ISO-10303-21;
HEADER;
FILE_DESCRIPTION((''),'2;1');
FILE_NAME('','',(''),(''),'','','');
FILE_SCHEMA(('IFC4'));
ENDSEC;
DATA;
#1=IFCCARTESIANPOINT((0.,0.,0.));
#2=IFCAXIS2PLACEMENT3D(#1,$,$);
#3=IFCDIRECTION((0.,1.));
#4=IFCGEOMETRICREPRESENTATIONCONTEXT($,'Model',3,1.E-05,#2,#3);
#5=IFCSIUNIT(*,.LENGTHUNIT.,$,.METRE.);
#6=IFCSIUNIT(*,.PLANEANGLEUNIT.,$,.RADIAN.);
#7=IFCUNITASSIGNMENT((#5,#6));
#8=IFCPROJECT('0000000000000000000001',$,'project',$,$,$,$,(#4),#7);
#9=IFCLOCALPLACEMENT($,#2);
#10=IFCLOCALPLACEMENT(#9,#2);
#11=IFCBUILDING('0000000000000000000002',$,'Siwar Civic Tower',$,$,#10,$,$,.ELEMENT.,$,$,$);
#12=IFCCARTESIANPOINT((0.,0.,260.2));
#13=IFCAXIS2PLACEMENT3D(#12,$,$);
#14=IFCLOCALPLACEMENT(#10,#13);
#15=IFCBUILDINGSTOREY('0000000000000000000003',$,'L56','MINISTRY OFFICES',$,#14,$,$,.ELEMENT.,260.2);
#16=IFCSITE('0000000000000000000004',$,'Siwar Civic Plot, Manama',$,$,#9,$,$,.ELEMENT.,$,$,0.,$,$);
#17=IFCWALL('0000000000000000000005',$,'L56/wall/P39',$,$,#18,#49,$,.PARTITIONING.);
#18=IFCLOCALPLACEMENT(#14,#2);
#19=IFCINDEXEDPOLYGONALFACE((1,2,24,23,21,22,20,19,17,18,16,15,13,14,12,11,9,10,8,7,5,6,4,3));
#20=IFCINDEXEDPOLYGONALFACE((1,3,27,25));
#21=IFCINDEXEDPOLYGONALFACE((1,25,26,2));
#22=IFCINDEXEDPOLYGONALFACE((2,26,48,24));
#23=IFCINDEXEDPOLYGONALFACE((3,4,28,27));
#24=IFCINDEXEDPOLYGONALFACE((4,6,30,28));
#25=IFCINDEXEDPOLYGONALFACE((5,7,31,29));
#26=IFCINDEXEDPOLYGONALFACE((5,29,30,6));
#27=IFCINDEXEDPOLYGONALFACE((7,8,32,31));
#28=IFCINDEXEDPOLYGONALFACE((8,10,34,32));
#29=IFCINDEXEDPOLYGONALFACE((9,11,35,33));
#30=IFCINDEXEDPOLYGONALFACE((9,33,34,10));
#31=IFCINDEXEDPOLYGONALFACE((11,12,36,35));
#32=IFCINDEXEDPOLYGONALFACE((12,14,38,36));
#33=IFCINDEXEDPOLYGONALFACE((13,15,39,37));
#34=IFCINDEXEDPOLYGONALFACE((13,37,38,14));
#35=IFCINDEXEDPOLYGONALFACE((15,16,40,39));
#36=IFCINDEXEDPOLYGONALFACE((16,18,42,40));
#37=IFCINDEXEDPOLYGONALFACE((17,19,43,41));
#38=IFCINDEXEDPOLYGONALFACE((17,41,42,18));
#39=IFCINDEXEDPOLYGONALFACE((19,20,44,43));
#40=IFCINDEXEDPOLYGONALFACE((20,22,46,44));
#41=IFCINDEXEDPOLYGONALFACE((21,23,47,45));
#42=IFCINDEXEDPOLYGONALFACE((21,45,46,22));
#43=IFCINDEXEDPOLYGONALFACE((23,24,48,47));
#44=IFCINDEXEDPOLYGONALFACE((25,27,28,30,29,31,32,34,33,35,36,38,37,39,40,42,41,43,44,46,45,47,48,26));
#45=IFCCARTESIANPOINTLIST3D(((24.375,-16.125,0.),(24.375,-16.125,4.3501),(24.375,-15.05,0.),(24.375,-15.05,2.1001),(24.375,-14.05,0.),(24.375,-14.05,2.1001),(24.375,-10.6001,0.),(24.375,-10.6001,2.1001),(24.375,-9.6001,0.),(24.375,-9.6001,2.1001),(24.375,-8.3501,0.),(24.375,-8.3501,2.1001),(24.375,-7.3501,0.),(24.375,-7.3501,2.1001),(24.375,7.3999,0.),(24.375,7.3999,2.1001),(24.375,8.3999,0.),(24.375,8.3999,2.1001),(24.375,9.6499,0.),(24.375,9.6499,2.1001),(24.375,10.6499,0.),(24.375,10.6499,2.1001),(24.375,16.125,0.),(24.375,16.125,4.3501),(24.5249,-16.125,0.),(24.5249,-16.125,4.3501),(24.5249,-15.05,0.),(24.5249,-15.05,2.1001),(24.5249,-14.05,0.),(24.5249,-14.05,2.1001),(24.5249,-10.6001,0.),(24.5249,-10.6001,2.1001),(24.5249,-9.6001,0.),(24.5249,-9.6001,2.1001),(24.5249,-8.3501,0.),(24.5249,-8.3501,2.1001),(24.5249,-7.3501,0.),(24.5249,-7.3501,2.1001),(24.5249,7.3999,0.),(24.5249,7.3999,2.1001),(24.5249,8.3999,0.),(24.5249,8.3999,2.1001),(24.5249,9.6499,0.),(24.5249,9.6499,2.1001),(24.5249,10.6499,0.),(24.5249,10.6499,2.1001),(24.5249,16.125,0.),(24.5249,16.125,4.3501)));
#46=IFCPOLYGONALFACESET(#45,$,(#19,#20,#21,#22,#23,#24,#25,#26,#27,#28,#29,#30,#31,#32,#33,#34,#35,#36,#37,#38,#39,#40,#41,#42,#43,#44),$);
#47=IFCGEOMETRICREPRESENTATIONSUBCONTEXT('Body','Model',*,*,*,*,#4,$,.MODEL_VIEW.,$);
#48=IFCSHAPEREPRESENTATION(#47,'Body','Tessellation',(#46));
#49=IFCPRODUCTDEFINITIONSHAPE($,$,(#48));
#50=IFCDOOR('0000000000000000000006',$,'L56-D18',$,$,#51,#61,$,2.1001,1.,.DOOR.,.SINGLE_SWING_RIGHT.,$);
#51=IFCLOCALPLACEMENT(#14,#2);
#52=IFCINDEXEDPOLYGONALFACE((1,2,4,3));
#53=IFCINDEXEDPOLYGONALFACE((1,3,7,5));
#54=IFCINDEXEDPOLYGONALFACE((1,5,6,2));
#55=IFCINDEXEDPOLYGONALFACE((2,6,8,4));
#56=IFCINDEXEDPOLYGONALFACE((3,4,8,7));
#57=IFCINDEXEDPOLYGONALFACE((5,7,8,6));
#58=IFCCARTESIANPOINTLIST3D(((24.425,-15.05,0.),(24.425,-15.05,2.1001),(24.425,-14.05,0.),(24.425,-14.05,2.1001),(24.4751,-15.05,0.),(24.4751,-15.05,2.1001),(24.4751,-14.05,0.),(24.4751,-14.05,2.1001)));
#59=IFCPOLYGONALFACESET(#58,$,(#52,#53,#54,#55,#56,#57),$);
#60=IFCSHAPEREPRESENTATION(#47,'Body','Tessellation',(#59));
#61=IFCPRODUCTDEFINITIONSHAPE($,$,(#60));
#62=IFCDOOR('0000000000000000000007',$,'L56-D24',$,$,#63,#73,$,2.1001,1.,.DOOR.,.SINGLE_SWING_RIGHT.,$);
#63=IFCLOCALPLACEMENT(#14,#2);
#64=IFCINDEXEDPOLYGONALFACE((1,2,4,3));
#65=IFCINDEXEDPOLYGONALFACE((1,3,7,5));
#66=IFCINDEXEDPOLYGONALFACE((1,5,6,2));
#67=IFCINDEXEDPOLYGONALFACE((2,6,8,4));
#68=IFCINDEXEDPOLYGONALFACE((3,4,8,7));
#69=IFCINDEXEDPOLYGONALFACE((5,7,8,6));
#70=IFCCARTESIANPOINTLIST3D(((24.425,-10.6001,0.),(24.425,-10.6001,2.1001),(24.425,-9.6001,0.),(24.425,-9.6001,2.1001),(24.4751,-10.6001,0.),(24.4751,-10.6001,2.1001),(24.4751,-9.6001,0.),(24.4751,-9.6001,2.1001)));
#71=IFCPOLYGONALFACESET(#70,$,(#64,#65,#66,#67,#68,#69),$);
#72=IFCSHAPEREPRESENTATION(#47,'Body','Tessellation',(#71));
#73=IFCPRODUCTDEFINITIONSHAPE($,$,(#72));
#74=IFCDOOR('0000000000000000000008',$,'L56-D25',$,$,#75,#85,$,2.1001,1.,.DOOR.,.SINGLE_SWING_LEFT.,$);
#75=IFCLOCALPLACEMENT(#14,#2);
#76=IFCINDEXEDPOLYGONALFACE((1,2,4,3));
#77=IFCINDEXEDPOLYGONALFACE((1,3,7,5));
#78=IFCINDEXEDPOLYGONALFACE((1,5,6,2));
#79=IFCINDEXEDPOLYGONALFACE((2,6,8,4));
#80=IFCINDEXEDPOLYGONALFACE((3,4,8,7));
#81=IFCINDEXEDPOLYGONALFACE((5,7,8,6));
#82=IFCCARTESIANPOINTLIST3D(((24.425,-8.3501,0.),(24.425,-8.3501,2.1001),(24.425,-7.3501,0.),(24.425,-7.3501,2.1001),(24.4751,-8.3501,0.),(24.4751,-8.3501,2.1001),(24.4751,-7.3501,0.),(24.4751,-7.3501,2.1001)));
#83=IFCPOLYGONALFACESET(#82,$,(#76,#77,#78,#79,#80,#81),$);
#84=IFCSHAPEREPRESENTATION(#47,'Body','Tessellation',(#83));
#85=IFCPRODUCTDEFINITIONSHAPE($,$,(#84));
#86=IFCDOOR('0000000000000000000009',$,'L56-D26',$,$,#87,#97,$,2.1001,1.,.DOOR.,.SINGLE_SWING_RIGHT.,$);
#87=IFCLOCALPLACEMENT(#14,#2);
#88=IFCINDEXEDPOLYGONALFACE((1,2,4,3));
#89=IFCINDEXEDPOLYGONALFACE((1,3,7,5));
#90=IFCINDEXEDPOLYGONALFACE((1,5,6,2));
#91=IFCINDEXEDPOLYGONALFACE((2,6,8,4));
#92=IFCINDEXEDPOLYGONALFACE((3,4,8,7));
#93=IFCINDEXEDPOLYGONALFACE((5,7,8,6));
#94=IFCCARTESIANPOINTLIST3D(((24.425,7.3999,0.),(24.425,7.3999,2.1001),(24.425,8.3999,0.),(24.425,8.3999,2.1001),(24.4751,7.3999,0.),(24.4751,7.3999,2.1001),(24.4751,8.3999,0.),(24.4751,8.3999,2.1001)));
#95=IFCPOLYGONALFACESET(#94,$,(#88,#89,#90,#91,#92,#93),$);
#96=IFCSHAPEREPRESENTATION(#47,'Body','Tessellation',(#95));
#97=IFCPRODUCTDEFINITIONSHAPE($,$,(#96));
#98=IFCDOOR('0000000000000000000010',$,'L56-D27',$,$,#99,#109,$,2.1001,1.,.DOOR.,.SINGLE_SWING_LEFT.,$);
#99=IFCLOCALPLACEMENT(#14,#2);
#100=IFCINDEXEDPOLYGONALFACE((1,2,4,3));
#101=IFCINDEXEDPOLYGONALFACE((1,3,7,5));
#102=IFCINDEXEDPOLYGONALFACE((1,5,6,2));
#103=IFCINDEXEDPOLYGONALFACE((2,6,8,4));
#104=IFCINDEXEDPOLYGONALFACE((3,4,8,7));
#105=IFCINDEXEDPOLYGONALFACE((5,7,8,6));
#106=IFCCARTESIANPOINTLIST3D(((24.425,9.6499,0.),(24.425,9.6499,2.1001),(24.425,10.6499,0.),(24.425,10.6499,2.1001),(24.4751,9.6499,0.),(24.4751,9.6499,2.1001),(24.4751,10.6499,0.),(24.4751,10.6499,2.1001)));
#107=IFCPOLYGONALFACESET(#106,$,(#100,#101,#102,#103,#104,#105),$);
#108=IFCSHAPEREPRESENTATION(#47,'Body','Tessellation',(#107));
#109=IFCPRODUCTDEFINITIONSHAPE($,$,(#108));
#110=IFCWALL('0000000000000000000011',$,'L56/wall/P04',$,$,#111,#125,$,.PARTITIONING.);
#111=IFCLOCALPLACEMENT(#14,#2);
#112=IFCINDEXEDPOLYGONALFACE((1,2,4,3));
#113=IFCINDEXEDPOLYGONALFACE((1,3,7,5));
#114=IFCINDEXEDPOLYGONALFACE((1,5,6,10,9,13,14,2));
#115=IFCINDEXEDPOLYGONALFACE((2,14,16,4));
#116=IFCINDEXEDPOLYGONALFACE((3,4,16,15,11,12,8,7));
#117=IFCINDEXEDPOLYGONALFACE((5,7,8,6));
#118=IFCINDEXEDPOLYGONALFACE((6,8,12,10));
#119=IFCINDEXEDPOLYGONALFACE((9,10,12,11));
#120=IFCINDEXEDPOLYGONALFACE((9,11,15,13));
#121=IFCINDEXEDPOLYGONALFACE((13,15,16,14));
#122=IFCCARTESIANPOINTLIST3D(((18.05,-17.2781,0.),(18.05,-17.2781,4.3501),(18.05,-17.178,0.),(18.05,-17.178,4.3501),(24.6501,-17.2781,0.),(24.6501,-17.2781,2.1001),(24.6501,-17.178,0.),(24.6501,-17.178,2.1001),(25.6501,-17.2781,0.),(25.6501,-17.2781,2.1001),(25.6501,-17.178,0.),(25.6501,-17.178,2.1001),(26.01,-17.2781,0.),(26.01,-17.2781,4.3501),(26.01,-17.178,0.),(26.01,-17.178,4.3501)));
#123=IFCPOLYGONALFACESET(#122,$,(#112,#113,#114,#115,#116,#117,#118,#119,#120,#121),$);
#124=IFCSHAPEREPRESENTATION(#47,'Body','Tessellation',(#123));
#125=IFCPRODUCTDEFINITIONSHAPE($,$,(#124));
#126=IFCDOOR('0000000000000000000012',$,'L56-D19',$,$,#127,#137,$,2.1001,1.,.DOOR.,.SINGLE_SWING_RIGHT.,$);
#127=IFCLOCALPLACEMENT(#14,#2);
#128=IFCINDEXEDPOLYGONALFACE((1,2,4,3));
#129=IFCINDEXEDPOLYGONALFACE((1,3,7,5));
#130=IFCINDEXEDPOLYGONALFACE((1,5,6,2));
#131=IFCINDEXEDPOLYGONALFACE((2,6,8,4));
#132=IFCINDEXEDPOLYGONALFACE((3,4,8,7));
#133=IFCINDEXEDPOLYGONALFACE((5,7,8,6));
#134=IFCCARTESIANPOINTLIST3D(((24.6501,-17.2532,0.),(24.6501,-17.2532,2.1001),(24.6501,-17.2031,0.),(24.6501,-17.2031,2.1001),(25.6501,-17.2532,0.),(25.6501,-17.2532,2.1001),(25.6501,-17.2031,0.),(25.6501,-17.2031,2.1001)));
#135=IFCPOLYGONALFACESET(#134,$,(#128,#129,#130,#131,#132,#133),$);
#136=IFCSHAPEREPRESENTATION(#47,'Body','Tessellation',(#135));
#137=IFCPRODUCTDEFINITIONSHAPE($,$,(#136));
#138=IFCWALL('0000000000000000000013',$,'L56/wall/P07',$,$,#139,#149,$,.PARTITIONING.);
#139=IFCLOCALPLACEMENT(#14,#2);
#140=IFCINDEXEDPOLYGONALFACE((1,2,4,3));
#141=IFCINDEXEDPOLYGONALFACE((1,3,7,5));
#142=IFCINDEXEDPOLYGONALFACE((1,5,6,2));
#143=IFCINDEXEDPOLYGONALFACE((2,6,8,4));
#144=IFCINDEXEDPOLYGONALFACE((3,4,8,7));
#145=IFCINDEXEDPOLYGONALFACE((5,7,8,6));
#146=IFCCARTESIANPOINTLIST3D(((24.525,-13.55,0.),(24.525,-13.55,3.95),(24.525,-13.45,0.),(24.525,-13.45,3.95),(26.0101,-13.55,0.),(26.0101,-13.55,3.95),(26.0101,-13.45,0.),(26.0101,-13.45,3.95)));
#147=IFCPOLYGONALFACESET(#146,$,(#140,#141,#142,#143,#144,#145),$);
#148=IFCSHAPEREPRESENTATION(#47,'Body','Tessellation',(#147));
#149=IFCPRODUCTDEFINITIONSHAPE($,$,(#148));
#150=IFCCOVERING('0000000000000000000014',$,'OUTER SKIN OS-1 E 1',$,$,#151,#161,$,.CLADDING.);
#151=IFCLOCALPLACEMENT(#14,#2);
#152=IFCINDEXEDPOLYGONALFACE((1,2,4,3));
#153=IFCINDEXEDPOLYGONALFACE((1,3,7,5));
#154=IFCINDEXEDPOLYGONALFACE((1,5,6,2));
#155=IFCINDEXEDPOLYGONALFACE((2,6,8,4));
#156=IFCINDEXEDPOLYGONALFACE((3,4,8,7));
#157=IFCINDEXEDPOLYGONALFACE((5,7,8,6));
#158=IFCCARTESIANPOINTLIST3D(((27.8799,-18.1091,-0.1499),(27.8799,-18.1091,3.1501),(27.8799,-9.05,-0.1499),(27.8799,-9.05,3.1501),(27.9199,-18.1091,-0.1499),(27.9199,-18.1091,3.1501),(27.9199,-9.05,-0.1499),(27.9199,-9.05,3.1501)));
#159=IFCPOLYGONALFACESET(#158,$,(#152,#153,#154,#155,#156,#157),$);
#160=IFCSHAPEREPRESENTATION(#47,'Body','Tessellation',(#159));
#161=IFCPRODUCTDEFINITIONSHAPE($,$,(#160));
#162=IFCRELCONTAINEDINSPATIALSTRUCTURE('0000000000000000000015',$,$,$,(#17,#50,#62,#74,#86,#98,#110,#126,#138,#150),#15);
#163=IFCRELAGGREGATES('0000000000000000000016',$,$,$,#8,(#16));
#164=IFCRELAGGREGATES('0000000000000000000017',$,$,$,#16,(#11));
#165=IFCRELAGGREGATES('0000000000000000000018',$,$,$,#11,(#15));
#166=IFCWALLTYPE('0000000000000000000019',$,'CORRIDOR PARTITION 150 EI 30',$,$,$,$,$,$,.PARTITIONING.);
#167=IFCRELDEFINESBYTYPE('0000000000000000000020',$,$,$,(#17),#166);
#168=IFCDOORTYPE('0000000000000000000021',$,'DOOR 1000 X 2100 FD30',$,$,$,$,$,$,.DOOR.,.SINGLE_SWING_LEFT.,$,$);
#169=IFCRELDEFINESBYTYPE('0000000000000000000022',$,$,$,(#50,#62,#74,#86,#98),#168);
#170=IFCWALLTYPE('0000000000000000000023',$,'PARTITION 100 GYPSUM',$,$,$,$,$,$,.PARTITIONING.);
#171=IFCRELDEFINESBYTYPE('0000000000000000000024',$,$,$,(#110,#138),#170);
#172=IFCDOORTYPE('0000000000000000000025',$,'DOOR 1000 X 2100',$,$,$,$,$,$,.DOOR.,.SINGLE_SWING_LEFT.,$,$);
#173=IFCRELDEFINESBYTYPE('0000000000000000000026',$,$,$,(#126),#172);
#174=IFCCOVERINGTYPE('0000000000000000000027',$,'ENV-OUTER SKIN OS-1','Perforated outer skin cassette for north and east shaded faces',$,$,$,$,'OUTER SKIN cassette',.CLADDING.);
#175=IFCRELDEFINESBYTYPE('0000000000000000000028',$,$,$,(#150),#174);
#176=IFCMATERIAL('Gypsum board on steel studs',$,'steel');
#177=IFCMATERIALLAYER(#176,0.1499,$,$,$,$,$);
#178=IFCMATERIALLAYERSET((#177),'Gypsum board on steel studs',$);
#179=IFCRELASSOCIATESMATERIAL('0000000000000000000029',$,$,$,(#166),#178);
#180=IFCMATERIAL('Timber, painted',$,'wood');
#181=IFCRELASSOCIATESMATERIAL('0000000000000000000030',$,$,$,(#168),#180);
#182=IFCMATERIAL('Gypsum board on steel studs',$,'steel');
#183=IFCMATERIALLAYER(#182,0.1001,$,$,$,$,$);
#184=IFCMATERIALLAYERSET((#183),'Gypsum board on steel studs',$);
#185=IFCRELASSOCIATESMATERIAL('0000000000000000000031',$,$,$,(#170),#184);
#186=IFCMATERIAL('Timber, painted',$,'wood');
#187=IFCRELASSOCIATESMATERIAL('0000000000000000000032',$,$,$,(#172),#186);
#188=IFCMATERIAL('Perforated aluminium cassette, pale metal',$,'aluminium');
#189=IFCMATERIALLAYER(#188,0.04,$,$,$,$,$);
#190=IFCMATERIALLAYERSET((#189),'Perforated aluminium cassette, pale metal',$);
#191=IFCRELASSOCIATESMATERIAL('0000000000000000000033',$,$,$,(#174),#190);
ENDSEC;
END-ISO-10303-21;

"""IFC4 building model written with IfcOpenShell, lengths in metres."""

from ifc_helpers import new_model, si_unit, direction, frame, frame_2d, origin, origin_2d, place, context, subcontext, project, spatial, rectangle, extrude, material, layer, layer_set, type_object, element, fill, save


model = new_model("IFC4")

# Units and contexts
model_context = context("Model", 3, precision=1e-05, world=origin(), true_north=direction((0.0, 1.0)))
body_context = subcontext(model_context, "Body", "Model", "MODEL_VIEW")
ifc_project = project(units=[si_unit("LENGTHUNIT", "METRE"), si_unit("PLANEANGLEUNIT", "RADIAN")], contexts=[model_context])

# Site, building, storey
site_placement = place(None, origin())
site = spatial("IfcSite", under=ifc_project, at=site_placement, Name="Siwar Civic Plot, Manama", CompositionType="ELEMENT", RefElevation=0.0)
building_placement = place(site_placement, origin())
building = spatial("IfcBuilding", under=site, at=building_placement, Name="Siwar Civic Tower", CompositionType="ELEMENT")
storey_placement = place(building_placement, frame((0.0, 0.0, 260.2)))
storey = spatial("IfcBuildingStorey", under=building, at=storey_placement, Name="L56", Description="MINISTRY OFFICES", CompositionType="ELEMENT", Elevation=260.2)

# Wall, openings, doors
ifc_material_1 = material(Name="Gypsum board on steel studs", Category="steel")
ifc_layer_1 = layer(ifc_material_1, 0.1499)
ifc_layer_set_1 = layer_set([ifc_layer_1], Name="Gypsum board on steel studs")
wall_type_1 = type_object("IfcWallType", Name="CORRIDOR PARTITION 150 EI 30", PredefinedType="PARTITIONING", material=ifc_layer_set_1)
wall_1_placement = place(storey_placement, frame((24.45, -16.125, 0.0), z_axis=(0.0, 0.0, 1.0), x_axis=(0.0, 1.0, 0.0)))
wall_1 = element("IfcWall", 1, at=wall_1_placement, inside=storey, type_object=wall_type_1, Name="L56/wall/P39", PredefinedType="PARTITIONING", context=body_context, shape_type="SweptSolid", body=[
    extrude(rectangle(XDim=32.25, YDim=0.1499, at=frame_2d((16.125, 0.0))), origin(), (0.0, 0.0, 1.0), 4.3501),
])
opening_1_placement = place(wall_1_placement, frame((1.075, 0.0, 0.0)))
opening_1 = element("IfcOpeningElement", 2, at=opening_1_placement, cuts=wall_1, PredefinedType="OPENING", context=body_context, shape_type="SweptSolid", body=[
    extrude(rectangle(XDim=1.0, YDim=2.1001, at=frame_2d((0.5, 1.05))), frame((0.0, 0.085, 0.0), z_axis=(0.0, -1.0, 0.0), x_axis=(1.0, 0.0, 0.0)), (0.0, 0.0, 1.0), 0.1699),
])
opening_2_placement = place(wall_1_placement, frame((5.5249, 0.0, 0.0)))
opening_2 = element("IfcOpeningElement", 3, at=opening_2_placement, cuts=wall_1, PredefinedType="OPENING", context=body_context, shape_type="SweptSolid", body=[
    extrude(rectangle(XDim=1.0, YDim=2.1001, at=frame_2d((0.5, 1.05))), frame((0.0, 0.085, 0.0), z_axis=(0.0, -1.0, 0.0), x_axis=(1.0, 0.0, 0.0)), (0.0, 0.0, 1.0), 0.1699),
])
opening_3_placement = place(wall_1_placement, frame((7.7749, 0.0, 0.0)))
opening_3 = element("IfcOpeningElement", 4, at=opening_3_placement, cuts=wall_1, PredefinedType="OPENING", context=body_context, shape_type="SweptSolid", body=[
    extrude(rectangle(XDim=1.0, YDim=2.1001, at=frame_2d((0.5, 1.05))), frame((0.0, 0.085, 0.0), z_axis=(0.0, -1.0, 0.0), x_axis=(1.0, 0.0, 0.0)), (0.0, 0.0, 1.0), 0.1699),
])
opening_4_placement = place(wall_1_placement, frame((23.5249, 0.0, 0.0)))
opening_4 = element("IfcOpeningElement", 5, at=opening_4_placement, cuts=wall_1, PredefinedType="OPENING", context=body_context, shape_type="SweptSolid", body=[
    extrude(rectangle(XDim=1.0, YDim=2.1001, at=frame_2d((0.5, 1.05))), frame((0.0, 0.085, 0.0), z_axis=(0.0, -1.0, 0.0), x_axis=(1.0, 0.0, 0.0)), (0.0, 0.0, 1.0), 0.1699),
])
opening_5_placement = place(wall_1_placement, frame((25.7749, 0.0, 0.0)))
opening_5 = element("IfcOpeningElement", 6, at=opening_5_placement, cuts=wall_1, PredefinedType="OPENING", context=body_context, shape_type="SweptSolid", body=[
    extrude(rectangle(XDim=1.0, YDim=2.1001, at=frame_2d((0.5, 1.05))), frame((0.0, 0.085, 0.0), z_axis=(0.0, -1.0, 0.0), x_axis=(1.0, 0.0, 0.0)), (0.0, 0.0, 1.0), 0.1699),
])
ifc_material_2 = material(Name="Timber, painted", Category="wood")
door_type_1 = type_object("IfcDoorType", Name="DOOR 1000 X 2100 FD30", OperationType="SINGLE_SWING_LEFT", PredefinedType="DOOR", material=ifc_material_2)
door_1_placement = place(opening_1_placement, origin())
door_1 = element("IfcDoor", 7, at=door_1_placement, inside=storey, type_object=door_type_1, Name="L56-D18", OperationType="SINGLE_SWING_RIGHT", OverallHeight=2.1001, OverallWidth=1.0, PredefinedType="DOOR", context=body_context, shape_type="SweptSolid", body=[
    extrude(rectangle(XDim=1.0, YDim=2.1001, at=frame_2d((0.5, 1.05))), frame((0.0, 0.0249, 0.0), z_axis=(0.0, -1.0, 0.0), x_axis=(1.0, 0.0, 0.0)), (0.0, 0.0, 1.0), 0.05),
])
fill(opening_1, door_1)
door_2_placement = place(opening_2_placement, origin())
door_2 = element("IfcDoor", 8, at=door_2_placement, inside=storey, type_object=door_type_1, Name="L56-D24", OperationType="SINGLE_SWING_RIGHT", OverallHeight=2.1001, OverallWidth=1.0, PredefinedType="DOOR", context=body_context, shape_type="SweptSolid", body=[
    extrude(rectangle(XDim=1.0, YDim=2.1001, at=frame_2d((0.5, 1.05))), frame((0.0, 0.0249, 0.0), z_axis=(0.0, -1.0, 0.0), x_axis=(1.0, 0.0, 0.0)), (0.0, 0.0, 1.0), 0.05),
])
fill(opening_2, door_2)
door_3_placement = place(opening_3_placement, origin())
door_3 = element("IfcDoor", 9, at=door_3_placement, inside=storey, type_object=door_type_1, Name="L56-D25", OperationType="SINGLE_SWING_LEFT", OverallHeight=2.1001, OverallWidth=1.0, PredefinedType="DOOR", context=body_context, shape_type="SweptSolid", body=[
    extrude(rectangle(XDim=1.0, YDim=2.1001, at=frame_2d((0.5, 1.05))), frame((0.0, 0.0249, 0.0), z_axis=(0.0, -1.0, 0.0), x_axis=(1.0, 0.0, 0.0)), (0.0, 0.0, 1.0), 0.05),
])
fill(opening_3, door_3)
door_4_placement = place(opening_4_placement, origin())
door_4 = element("IfcDoor", 10, at=door_4_placement, inside=storey, type_object=door_type_1, Name="L56-D26", OperationType="SINGLE_SWING_RIGHT", OverallHeight=2.1001, OverallWidth=1.0, PredefinedType="DOOR", context=body_context, shape_type="SweptSolid", body=[
    extrude(rectangle(XDim=1.0, YDim=2.1001, at=frame_2d((0.5, 1.05))), frame((0.0, 0.0249, 0.0), z_axis=(0.0, -1.0, 0.0), x_axis=(1.0, 0.0, 0.0)), (0.0, 0.0, 1.0), 0.05),
])
fill(opening_4, door_4)
door_5_placement = place(opening_5_placement, origin())
door_5 = element("IfcDoor", 11, at=door_5_placement, inside=storey, type_object=door_type_1, Name="L56-D27", OperationType="SINGLE_SWING_LEFT", OverallHeight=2.1001, OverallWidth=1.0, PredefinedType="DOOR", context=body_context, shape_type="SweptSolid", body=[
    extrude(rectangle(XDim=1.0, YDim=2.1001, at=frame_2d((0.5, 1.05))), frame((0.0, 0.0249, 0.0), z_axis=(0.0, -1.0, 0.0), x_axis=(1.0, 0.0, 0.0)), (0.0, 0.0, 1.0), 0.05),
])
fill(opening_5, door_5)

# Wall, opening, door
ifc_material_3 = material(Name="Gypsum board on steel studs", Category="steel")
ifc_layer_2 = layer(ifc_material_3, 0.1001)
ifc_layer_set_2 = layer_set([ifc_layer_2], Name="Gypsum board on steel studs")
wall_type_2 = type_object("IfcWallType", Name="PARTITION 100 GYPSUM", PredefinedType="PARTITIONING", material=ifc_layer_set_2)
wall_2_placement = place(storey_placement, frame((18.05, -17.228, 0.0), z_axis=(0.0, 0.0, 1.0), x_axis=(1.0, 0.0, 0.0)))
wall_2 = element("IfcWall", 12, at=wall_2_placement, inside=storey, type_object=wall_type_2, Name="L56/wall/P04", PredefinedType="PARTITIONING", context=body_context, shape_type="SweptSolid", body=[
    extrude(rectangle(XDim=7.96, YDim=0.1001, at=frame_2d((3.98, 0.0))), origin(), (0.0, 0.0, 1.0), 4.3501),
])
opening_6_placement = place(wall_2_placement, frame((6.6001, 0.0, 0.0)))
opening_6 = element("IfcOpeningElement", 13, at=opening_6_placement, cuts=wall_2, PredefinedType="OPENING", context=body_context, shape_type="SweptSolid", body=[
    extrude(rectangle(XDim=1.0, YDim=2.1001, at=frame_2d((0.5, 1.05))), frame((0.0, 0.0601, 0.0), z_axis=(0.0, -1.0, 0.0), x_axis=(1.0, 0.0, 0.0)), (0.0, 0.0, 1.0), 0.1201),
])
ifc_material_4 = material(Name="Timber, painted", Category="wood")
door_type_2 = type_object("IfcDoorType", Name="DOOR 1000 X 2100", OperationType="SINGLE_SWING_LEFT", PredefinedType="DOOR", material=ifc_material_4)
door_6_placement = place(opening_6_placement, origin())
door_6 = element("IfcDoor", 14, at=door_6_placement, inside=storey, type_object=door_type_2, Name="L56-D19", OperationType="SINGLE_SWING_RIGHT", OverallHeight=2.1001, OverallWidth=1.0, PredefinedType="DOOR", context=body_context, shape_type="SweptSolid", body=[
    extrude(rectangle(XDim=1.0, YDim=2.1001, at=frame_2d((0.5, 1.05))), frame((0.0, 0.0249, 0.0), z_axis=(0.0, -1.0, 0.0), x_axis=(1.0, 0.0, 0.0)), (0.0, 0.0, 1.0), 0.05),
])
fill(opening_6, door_6)

# Wall
wall_3_placement = place(storey_placement, frame((24.5249, -13.5, 0.0), z_axis=(0.0, 0.0, 1.0), x_axis=(1.0, 0.0, 0.0)))
element("IfcWall", 15, at=wall_3_placement, inside=storey, type_object=wall_type_2, Name="L56/wall/P07", PredefinedType="PARTITIONING", context=body_context, shape_type="SweptSolid", body=[
    extrude(rectangle(XDim=1.4851, YDim=0.1001, at=frame_2d((0.7427, 0.0))), origin(), (0.0, 0.0, 1.0), 3.95),
])

# Covering
ifc_material_5 = material(Name="Perforated aluminium cassette, pale metal", Category="aluminium")
ifc_layer_3 = layer(ifc_material_5, 0.04)
ifc_layer_set_3 = layer_set([ifc_layer_3], Name="Perforated aluminium cassette, pale metal")
covering_type = type_object("IfcCoveringType", Name="ENV-OUTER SKIN OS-1", Description="Perforated outer skin cassette for north and east shaded faces", ElementType="OUTER SKIN cassette", PredefinedType="CLADDING", material=ifc_layer_set_3)
covering_placement = place(storey_placement, frame((27.8999, -13.5796, -0.1499), z_axis=(0.0, 0.0, 1.0), x_axis=(0.0, 1.0, 0.0)))
element("IfcCovering", 16, at=covering_placement, inside=storey, type_object=covering_type, Name="OUTER SKIN OS-1 E 1", PredefinedType="CLADDING", context=body_context, shape_type="SweptSolid", body=[
    extrude(rectangle(XDim=9.0591, YDim=0.04, at=origin_2d()), origin(), (0.0, 0.0, 1.0), 3.3),
])

save(model, "model.ifc")
